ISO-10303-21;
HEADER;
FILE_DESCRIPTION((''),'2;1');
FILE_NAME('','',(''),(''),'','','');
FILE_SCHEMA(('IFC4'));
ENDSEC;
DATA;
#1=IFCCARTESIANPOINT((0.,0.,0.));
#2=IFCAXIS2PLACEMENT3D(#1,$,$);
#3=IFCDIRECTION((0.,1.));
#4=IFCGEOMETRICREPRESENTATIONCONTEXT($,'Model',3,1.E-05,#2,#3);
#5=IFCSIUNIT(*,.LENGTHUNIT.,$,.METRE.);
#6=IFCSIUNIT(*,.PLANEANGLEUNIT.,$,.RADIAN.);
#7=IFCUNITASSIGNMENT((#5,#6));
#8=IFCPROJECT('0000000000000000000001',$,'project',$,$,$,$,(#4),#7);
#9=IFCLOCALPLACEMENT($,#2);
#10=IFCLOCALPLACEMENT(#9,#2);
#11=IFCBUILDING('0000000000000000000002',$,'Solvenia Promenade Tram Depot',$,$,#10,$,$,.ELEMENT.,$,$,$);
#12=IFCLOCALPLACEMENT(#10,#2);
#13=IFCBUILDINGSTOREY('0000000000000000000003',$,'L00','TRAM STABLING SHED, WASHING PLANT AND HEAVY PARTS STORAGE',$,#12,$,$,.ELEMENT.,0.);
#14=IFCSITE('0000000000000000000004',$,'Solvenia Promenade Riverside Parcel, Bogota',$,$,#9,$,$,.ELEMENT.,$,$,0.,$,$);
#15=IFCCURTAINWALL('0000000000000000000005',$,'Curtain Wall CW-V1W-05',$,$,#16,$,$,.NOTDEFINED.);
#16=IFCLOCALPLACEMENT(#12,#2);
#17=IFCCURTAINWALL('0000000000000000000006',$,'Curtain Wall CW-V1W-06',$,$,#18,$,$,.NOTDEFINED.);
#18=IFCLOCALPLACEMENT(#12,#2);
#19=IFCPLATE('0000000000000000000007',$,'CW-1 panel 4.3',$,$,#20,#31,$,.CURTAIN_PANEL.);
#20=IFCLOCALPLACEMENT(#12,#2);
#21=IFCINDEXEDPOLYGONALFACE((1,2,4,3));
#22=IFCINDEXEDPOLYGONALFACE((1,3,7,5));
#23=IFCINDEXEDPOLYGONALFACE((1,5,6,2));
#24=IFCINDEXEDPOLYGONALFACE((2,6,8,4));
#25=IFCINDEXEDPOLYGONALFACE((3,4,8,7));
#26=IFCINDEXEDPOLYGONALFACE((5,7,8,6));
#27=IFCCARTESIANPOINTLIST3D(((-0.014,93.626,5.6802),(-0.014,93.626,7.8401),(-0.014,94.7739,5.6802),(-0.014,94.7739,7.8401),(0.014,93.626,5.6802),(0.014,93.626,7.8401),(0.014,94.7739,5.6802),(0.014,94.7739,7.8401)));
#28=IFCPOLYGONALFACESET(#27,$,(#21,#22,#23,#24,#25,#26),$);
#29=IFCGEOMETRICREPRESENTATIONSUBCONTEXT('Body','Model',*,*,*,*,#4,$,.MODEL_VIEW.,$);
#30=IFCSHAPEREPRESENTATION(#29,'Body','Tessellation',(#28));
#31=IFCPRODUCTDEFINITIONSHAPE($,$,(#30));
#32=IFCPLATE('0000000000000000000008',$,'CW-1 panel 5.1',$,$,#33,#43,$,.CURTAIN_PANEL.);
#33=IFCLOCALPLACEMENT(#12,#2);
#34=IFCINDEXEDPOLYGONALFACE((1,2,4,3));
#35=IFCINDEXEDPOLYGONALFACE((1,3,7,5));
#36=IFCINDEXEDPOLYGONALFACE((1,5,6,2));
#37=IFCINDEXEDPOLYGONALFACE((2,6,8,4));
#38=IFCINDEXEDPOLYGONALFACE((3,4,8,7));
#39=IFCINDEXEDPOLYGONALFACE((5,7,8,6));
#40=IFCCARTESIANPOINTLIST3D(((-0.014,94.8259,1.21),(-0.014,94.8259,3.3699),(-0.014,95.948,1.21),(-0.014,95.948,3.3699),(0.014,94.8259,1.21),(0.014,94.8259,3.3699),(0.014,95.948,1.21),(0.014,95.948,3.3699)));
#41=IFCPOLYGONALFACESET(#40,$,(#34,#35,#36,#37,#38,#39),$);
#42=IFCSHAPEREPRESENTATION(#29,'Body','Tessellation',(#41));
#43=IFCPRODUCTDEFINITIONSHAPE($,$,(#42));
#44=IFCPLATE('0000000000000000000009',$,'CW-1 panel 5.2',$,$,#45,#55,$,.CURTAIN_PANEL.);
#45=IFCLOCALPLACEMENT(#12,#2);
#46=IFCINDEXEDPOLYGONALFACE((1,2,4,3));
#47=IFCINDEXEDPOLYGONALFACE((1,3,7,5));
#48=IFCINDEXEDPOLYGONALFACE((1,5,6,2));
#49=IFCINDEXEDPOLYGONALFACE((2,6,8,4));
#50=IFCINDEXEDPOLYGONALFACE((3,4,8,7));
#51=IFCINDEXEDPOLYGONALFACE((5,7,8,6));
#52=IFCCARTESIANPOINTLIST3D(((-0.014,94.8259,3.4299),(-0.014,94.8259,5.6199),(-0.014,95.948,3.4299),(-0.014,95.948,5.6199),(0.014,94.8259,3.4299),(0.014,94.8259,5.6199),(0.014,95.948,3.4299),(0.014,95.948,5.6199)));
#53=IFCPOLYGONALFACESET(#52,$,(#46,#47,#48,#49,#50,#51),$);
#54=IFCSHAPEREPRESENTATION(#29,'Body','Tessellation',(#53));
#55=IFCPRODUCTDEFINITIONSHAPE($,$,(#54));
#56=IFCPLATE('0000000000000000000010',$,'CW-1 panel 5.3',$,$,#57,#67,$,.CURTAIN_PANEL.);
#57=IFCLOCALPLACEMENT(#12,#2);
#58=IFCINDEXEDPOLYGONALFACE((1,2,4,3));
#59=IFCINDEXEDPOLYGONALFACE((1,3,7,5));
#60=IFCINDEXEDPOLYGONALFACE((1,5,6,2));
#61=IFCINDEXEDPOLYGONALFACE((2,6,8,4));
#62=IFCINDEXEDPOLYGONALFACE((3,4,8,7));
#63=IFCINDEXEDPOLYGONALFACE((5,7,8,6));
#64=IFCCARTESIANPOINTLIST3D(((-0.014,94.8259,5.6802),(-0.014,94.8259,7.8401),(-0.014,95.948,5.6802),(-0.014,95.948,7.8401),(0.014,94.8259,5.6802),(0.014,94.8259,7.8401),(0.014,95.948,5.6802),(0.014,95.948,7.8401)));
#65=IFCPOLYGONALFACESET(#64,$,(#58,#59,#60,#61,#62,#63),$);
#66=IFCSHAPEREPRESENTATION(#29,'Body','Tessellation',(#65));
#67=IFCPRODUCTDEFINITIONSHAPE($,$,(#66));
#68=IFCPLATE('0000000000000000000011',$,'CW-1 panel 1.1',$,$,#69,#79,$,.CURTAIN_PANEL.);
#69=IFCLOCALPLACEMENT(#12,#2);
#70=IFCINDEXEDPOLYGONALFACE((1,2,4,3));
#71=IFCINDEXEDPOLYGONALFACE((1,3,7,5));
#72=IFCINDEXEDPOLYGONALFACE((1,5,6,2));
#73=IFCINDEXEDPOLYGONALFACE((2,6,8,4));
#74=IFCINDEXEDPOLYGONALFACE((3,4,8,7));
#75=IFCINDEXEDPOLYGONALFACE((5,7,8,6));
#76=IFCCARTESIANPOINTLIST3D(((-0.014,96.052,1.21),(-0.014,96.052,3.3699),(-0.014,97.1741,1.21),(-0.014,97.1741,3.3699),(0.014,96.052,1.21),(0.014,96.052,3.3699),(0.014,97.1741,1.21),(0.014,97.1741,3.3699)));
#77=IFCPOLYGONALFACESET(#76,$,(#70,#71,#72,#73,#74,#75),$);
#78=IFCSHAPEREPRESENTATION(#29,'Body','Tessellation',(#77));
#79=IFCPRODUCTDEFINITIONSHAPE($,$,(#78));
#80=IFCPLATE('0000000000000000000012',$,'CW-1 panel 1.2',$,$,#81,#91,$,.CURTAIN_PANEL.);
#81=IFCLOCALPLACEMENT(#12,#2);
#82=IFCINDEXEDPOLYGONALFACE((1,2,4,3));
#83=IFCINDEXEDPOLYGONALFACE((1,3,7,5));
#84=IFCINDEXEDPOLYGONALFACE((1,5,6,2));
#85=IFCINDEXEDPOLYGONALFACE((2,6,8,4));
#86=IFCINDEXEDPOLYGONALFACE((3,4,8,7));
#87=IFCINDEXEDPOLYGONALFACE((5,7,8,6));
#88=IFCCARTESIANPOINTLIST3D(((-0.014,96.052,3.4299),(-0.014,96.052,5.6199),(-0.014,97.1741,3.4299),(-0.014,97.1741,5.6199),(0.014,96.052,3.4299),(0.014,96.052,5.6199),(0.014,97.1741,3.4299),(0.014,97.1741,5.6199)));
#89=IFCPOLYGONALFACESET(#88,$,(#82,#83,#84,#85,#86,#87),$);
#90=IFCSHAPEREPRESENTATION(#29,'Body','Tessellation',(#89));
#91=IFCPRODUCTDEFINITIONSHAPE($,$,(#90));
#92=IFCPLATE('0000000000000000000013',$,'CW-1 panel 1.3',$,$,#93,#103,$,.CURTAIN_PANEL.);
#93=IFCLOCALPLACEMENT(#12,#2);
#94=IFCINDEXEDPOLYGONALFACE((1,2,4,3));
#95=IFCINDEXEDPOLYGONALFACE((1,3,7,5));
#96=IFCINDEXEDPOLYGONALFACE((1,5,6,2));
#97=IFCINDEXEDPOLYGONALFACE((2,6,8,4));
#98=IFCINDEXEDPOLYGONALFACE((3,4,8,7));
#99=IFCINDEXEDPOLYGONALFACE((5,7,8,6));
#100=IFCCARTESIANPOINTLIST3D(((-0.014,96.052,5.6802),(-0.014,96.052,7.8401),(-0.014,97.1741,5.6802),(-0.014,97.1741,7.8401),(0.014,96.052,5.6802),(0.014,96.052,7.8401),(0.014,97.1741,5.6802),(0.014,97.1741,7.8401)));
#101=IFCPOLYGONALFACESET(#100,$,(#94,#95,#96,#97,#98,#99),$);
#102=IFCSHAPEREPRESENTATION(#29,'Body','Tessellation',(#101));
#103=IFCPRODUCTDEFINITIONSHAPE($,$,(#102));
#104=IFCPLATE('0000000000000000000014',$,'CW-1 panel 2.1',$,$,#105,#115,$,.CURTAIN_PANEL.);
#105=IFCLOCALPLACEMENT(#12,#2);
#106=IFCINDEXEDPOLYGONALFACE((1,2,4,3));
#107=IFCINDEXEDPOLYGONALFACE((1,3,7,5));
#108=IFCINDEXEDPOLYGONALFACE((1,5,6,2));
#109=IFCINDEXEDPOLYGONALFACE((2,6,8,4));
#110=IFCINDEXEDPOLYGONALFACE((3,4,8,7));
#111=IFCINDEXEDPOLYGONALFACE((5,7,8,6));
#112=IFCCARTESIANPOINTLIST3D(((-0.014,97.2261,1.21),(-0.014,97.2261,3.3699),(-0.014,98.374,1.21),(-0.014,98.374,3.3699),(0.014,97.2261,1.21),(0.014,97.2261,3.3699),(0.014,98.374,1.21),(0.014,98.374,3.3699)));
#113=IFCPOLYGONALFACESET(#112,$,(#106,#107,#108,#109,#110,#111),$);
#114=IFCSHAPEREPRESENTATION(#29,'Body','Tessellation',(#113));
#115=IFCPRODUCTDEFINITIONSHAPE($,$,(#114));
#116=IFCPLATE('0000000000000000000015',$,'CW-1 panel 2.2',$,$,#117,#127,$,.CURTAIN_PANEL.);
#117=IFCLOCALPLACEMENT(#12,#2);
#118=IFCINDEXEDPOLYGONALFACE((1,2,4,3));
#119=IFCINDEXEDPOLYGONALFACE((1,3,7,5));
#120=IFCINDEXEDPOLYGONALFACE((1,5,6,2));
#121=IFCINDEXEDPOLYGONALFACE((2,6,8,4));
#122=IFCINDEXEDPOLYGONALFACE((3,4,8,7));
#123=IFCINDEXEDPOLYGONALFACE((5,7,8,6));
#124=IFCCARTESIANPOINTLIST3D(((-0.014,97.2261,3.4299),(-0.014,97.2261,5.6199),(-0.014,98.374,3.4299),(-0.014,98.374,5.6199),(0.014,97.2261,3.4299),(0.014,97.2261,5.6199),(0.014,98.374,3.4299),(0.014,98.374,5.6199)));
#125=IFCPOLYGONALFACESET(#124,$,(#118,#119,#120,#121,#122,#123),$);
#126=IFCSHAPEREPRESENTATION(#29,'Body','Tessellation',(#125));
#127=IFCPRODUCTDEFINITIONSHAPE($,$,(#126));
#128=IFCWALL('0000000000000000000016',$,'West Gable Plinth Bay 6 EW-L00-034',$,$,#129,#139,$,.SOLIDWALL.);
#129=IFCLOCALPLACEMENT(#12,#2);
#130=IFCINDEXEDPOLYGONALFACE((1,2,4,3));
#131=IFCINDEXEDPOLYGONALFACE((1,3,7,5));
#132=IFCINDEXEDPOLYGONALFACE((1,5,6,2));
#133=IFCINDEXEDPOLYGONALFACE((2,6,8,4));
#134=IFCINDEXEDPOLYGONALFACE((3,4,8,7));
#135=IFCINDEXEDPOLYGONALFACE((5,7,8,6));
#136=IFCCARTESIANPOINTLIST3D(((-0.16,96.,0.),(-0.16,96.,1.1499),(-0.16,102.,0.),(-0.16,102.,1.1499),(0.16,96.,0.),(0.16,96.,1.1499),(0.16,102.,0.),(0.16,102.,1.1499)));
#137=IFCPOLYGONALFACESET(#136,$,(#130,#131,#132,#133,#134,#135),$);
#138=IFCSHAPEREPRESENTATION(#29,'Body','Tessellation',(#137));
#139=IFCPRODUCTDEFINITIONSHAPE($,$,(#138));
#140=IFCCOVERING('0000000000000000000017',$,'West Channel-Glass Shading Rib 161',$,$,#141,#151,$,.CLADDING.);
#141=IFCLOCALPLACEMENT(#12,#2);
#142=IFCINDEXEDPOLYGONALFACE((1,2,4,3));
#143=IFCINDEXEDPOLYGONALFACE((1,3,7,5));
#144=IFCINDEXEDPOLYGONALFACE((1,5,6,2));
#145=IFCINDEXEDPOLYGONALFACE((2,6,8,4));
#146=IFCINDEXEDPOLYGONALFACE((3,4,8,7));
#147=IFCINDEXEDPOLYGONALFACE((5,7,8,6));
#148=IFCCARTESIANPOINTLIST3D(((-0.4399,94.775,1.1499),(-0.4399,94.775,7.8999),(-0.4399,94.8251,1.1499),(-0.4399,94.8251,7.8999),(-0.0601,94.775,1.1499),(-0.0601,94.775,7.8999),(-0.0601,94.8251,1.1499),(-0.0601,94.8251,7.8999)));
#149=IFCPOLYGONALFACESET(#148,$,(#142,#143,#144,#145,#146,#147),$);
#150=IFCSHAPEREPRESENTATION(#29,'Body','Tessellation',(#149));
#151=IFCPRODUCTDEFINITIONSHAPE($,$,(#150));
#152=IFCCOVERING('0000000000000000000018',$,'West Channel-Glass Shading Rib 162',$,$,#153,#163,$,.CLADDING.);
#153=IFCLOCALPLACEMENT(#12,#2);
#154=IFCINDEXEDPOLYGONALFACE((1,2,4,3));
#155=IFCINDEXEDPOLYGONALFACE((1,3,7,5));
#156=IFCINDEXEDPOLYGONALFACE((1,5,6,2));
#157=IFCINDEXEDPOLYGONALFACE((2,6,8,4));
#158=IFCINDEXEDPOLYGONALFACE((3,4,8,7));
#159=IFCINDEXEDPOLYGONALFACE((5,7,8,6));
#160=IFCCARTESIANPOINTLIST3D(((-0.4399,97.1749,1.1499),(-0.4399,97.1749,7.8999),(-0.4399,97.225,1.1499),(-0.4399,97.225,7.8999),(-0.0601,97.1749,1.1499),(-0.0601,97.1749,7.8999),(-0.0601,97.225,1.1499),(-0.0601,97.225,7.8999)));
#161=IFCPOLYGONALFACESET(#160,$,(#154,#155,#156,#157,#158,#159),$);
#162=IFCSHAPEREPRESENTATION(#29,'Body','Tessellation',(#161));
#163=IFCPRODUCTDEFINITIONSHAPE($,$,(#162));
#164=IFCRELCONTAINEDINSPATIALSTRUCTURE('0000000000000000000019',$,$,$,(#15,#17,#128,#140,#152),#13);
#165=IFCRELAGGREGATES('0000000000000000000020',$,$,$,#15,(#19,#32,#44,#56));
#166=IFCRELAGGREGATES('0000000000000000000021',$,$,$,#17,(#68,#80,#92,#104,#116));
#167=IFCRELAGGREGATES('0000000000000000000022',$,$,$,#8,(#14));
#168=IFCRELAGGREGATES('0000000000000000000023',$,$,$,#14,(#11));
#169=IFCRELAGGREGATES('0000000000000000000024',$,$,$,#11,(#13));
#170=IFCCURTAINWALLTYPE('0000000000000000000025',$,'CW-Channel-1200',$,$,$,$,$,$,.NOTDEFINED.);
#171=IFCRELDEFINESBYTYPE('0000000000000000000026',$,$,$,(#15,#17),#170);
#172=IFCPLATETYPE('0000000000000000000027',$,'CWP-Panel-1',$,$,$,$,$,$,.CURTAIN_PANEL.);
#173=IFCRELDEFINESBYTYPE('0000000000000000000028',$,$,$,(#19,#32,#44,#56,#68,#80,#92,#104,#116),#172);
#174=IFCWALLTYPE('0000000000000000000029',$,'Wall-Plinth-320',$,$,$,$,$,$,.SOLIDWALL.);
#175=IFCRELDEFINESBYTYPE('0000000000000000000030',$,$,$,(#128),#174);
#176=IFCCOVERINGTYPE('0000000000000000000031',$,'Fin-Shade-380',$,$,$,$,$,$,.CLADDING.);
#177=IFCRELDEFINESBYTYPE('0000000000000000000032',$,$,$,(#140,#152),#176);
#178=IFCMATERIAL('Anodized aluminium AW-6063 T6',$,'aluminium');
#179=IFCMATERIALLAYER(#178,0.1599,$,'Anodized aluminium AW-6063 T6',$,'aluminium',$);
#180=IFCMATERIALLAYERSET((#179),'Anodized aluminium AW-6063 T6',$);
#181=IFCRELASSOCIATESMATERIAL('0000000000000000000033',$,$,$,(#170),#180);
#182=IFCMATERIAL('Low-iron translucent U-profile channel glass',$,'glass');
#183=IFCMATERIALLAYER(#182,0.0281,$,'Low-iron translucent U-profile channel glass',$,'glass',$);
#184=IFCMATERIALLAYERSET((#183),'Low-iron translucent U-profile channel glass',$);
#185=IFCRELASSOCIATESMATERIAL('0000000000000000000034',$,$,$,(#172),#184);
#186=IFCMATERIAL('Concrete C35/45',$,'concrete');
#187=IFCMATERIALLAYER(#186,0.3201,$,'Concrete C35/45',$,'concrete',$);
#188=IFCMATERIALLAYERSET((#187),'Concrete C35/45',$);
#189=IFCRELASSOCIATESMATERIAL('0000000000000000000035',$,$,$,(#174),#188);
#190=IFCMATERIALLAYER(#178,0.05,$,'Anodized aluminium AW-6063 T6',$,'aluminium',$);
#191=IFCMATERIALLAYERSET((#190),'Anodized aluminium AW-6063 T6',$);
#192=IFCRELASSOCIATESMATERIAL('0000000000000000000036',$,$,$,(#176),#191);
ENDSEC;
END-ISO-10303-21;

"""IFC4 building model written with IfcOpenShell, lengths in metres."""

from ifc_helpers import new_model, si_unit, direction, frame, frame_2d, origin, origin_2d, place, context, subcontext, project, spatial, rectangle, extrude, material, layer, layer_set, type_object, element, aggregate, save


model = new_model("IFC4")

# Units and contexts
model_context = context("Model", 3, precision=1e-05, world=origin(), true_north=direction((0.0, 1.0)))
body_context = subcontext(model_context, "Body", "Model", "MODEL_VIEW")
ifc_project = project(units=[si_unit("LENGTHUNIT", "METRE"), si_unit("PLANEANGLEUNIT", "RADIAN")], contexts=[model_context])

# Site, building, storey
site_placement = place(None, origin())
site = spatial("IfcSite", under=ifc_project, at=site_placement, Name="Solvenia Promenade Riverside Parcel, Bogota", CompositionType="ELEMENT", RefElevation=0.0)
building_placement = place(site_placement, origin())
building = spatial("IfcBuilding", under=site, at=building_placement, Name="Solvenia Promenade Tram Depot", CompositionType="ELEMENT")
storey_placement = place(building_placement, origin())
storey = spatial("IfcBuildingStorey", under=building, at=storey_placement, Name="L00", Description="TRAM STABLING SHED, WASHING PLANT AND HEAVY PARTS STORAGE", CompositionType="ELEMENT", Elevation=0.0)

# Curtain walls
ifc_material_1 = material(Name="Anodized aluminium AW-6063 T6", Category="aluminium")
ifc_layer_1 = layer(ifc_material_1, 0.1599, Name="Anodized aluminium AW-6063 T6", Category="aluminium")
ifc_layer_set_1 = layer_set([ifc_layer_1], Name="Anodized aluminium AW-6063 T6")
curtain_wall_type = type_object("IfcCurtainWallType", Name="CW-Channel-1200", PredefinedType="NOTDEFINED", material=ifc_layer_set_1)
curtain_wall_1_placement = place(storey_placement, origin())
curtain_wall_1 = element("IfcCurtainWall", 1, at=curtain_wall_1_placement, inside=storey, type_object=curtain_wall_type, Name="Curtain Wall CW-V1W-05", PredefinedType="NOTDEFINED")
curtain_wall_2_placement = place(storey_placement, origin())
curtain_wall_2 = element("IfcCurtainWall", 2, at=curtain_wall_2_placement, inside=storey, type_object=curtain_wall_type, Name="Curtain Wall CW-V1W-06", PredefinedType="NOTDEFINED")

# Plates
ifc_material_2 = material(Name="Low-iron translucent U-profile channel glass", Category="glass")
ifc_layer_2 = layer(ifc_material_2, 0.0281, Name="Low-iron translucent U-profile channel glass", Category="glass")
ifc_layer_set_2 = layer_set([ifc_layer_2], Name="Low-iron translucent U-profile channel glass")
plate_type = type_object("IfcPlateType", Name="CWP-Panel-1", PredefinedType="CURTAIN_PANEL", material=ifc_layer_set_2)
plate_1_placement = place(storey_placement, frame((0.0, 94.2, 5.6802), z_axis=(0.0, 0.0, 1.0), x_axis=(0.0, 1.0, 0.0)))
plate_1 = element("IfcPlate", 3, at=plate_1_placement, type_object=plate_type, Name="CW-1 panel 4.3", PredefinedType="CURTAIN_PANEL", context=body_context, shape_type="SweptSolid", body=[
    extrude(rectangle(XDim=1.1479, YDim=0.0281, at=origin_2d()), origin(), (0.0, 0.0, 1.0), 2.1599),
])
plate_2_placement = place(storey_placement, frame((0.0, 95.387, 1.21), z_axis=(0.0, 0.0, 1.0), x_axis=(0.0, 1.0, 0.0)))
plate_2 = element("IfcPlate", 4, at=plate_2_placement, type_object=plate_type, Name="CW-1 panel 5.1", PredefinedType="CURTAIN_PANEL", context=body_context, shape_type="SweptSolid", body=[
    extrude(rectangle(XDim=1.1221, YDim=0.0281, at=origin_2d()), origin(), (0.0, 0.0, 1.0), 2.1599),
])
plate_3_placement = place(storey_placement, frame((0.0, 95.387, 3.4299), z_axis=(0.0, 0.0, 1.0), x_axis=(0.0, 1.0, 0.0)))
plate_3 = element("IfcPlate", 5, at=plate_3_placement, type_object=plate_type, Name="CW-1 panel 5.2", PredefinedType="CURTAIN_PANEL", context=body_context, shape_type="SweptSolid", body=[
    extrude(rectangle(XDim=1.1221, YDim=0.0281, at=origin_2d()), origin(), (0.0, 0.0, 1.0), 2.1899),
])
plate_4_placement = place(storey_placement, frame((0.0, 95.387, 5.6802), z_axis=(0.0, 0.0, 1.0), x_axis=(0.0, 1.0, 0.0)))
plate_4 = element("IfcPlate", 6, at=plate_4_placement, type_object=plate_type, Name="CW-1 panel 5.3", PredefinedType="CURTAIN_PANEL", context=body_context, shape_type="SweptSolid", body=[
    extrude(rectangle(XDim=1.1221, YDim=0.0281, at=origin_2d()), origin(), (0.0, 0.0, 1.0), 2.1599),
])
aggregate(curtain_wall_1, [plate_1, plate_2, plate_3, plate_4])
plate_5_placement = place(storey_placement, frame((0.0, 96.613, 1.21), z_axis=(0.0, 0.0, 1.0), x_axis=(0.0, 1.0, 0.0)))
plate_5 = element("IfcPlate", 7, at=plate_5_placement, type_object=plate_type, Name="CW-1 panel 1.1", PredefinedType="CURTAIN_PANEL", context=body_context, shape_type="SweptSolid", body=[
    extrude(rectangle(XDim=1.1221, YDim=0.0281, at=origin_2d()), origin(), (0.0, 0.0, 1.0), 2.1599),
])
plate_6_placement = place(storey_placement, frame((0.0, 96.613, 3.4299), z_axis=(0.0, 0.0, 1.0), x_axis=(0.0, 1.0, 0.0)))
plate_6 = element("IfcPlate", 8, at=plate_6_placement, type_object=plate_type, Name="CW-1 panel 1.2", PredefinedType="CURTAIN_PANEL", context=body_context, shape_type="SweptSolid", body=[
    extrude(rectangle(XDim=1.1221, YDim=0.0281, at=origin_2d()), origin(), (0.0, 0.0, 1.0), 2.1899),
])
plate_7_placement = place(storey_placement, frame((0.0, 96.613, 5.6802), z_axis=(0.0, 0.0, 1.0), x_axis=(0.0, 1.0, 0.0)))
plate_7 = element("IfcPlate", 9, at=plate_7_placement, type_object=plate_type, Name="CW-1 panel 1.3", PredefinedType="CURTAIN_PANEL", context=body_context, shape_type="SweptSolid", body=[
    extrude(rectangle(XDim=1.1221, YDim=0.0281, at=origin_2d()), origin(), (0.0, 0.0, 1.0), 2.1599),
])
plate_8_placement = place(storey_placement, frame((0.0, 97.8, 1.21), z_axis=(0.0, 0.0, 1.0), x_axis=(0.0, 1.0, 0.0)))
plate_8 = element("IfcPlate", 10, at=plate_8_placement, type_object=plate_type, Name="CW-1 panel 2.1", PredefinedType="CURTAIN_PANEL", context=body_context, shape_type="SweptSolid", body=[
    extrude(rectangle(XDim=1.1479, YDim=0.0281, at=origin_2d()), origin(), (0.0, 0.0, 1.0), 2.1599),
])
plate_9_placement = place(storey_placement, frame((0.0, 97.8, 3.4299), z_axis=(0.0, 0.0, 1.0), x_axis=(0.0, 1.0, 0.0)))
plate_9 = element("IfcPlate", 11, at=plate_9_placement, type_object=plate_type, Name="CW-1 panel 2.2", PredefinedType="CURTAIN_PANEL", context=body_context, shape_type="SweptSolid", body=[
    extrude(rectangle(XDim=1.1479, YDim=0.0281, at=origin_2d()), origin(), (0.0, 0.0, 1.0), 2.1899),
])
aggregate(curtain_wall_2, [plate_5, plate_6, plate_7, plate_8, plate_9])

# Wall
ifc_material_3 = material(Name="Concrete C35/45", Category="concrete")
ifc_layer_3 = layer(ifc_material_3, 0.3201, Name="Concrete C35/45", Category="concrete")
ifc_layer_set_3 = layer_set([ifc_layer_3], Name="Concrete C35/45")
wall_type = type_object("IfcWallType", Name="Wall-Plinth-320", PredefinedType="SOLIDWALL", material=ifc_layer_set_3)
wall_placement = place(storey_placement, frame((0.0, 96.0, 0.0), z_axis=(0.0, 0.0, 1.0), x_axis=(0.0, 1.0, 0.0)))
element("IfcWall", 12, at=wall_placement, inside=storey, type_object=wall_type, Name="West Gable Plinth Bay 6 EW-L00-034", PredefinedType="SOLIDWALL", context=body_context, shape_type="SweptSolid", body=[
    extrude(rectangle(XDim=6.0, YDim=0.3201, at=frame_2d((3.0, 0.0))), origin(), (0.0, 0.0, 1.0), 1.1499),
])

# Coverings
ifc_layer_4 = layer(ifc_material_1, 0.05, Name="Anodized aluminium AW-6063 T6", Category="aluminium")
ifc_layer_set_4 = layer_set([ifc_layer_4], Name="Anodized aluminium AW-6063 T6")
covering_type = type_object("IfcCoveringType", Name="Fin-Shade-380", PredefinedType="CLADDING", material=ifc_layer_set_4)
for number, where, z_axis, x_axis, name in (
    (13, (-0.25, 94.8, 1.1499), (0.0, 0.0, 1.0), (1.0, 0.0, 0.0), "West Channel-Glass Shading Rib 161"),
    (14, (-0.25, 97.2, 1.1499), (0.0, 0.0, 1.0), (1.0, 0.0, 0.0), "West Channel-Glass Shading Rib 162"),
):
    element("IfcCovering", number, at=place(storey_placement, frame(where, z_axis=z_axis, x_axis=x_axis)), inside=storey, type_object=covering_type, Name=name, PredefinedType="CLADDING", context=body_context, shape_type="SweptSolid", body=[
        extrude(rectangle(XDim=0.3799, YDim=0.05, at=origin_2d()), origin(), (0.0, 0.0, 1.0), 6.75),
    ])

save(model, "model.ifc")
